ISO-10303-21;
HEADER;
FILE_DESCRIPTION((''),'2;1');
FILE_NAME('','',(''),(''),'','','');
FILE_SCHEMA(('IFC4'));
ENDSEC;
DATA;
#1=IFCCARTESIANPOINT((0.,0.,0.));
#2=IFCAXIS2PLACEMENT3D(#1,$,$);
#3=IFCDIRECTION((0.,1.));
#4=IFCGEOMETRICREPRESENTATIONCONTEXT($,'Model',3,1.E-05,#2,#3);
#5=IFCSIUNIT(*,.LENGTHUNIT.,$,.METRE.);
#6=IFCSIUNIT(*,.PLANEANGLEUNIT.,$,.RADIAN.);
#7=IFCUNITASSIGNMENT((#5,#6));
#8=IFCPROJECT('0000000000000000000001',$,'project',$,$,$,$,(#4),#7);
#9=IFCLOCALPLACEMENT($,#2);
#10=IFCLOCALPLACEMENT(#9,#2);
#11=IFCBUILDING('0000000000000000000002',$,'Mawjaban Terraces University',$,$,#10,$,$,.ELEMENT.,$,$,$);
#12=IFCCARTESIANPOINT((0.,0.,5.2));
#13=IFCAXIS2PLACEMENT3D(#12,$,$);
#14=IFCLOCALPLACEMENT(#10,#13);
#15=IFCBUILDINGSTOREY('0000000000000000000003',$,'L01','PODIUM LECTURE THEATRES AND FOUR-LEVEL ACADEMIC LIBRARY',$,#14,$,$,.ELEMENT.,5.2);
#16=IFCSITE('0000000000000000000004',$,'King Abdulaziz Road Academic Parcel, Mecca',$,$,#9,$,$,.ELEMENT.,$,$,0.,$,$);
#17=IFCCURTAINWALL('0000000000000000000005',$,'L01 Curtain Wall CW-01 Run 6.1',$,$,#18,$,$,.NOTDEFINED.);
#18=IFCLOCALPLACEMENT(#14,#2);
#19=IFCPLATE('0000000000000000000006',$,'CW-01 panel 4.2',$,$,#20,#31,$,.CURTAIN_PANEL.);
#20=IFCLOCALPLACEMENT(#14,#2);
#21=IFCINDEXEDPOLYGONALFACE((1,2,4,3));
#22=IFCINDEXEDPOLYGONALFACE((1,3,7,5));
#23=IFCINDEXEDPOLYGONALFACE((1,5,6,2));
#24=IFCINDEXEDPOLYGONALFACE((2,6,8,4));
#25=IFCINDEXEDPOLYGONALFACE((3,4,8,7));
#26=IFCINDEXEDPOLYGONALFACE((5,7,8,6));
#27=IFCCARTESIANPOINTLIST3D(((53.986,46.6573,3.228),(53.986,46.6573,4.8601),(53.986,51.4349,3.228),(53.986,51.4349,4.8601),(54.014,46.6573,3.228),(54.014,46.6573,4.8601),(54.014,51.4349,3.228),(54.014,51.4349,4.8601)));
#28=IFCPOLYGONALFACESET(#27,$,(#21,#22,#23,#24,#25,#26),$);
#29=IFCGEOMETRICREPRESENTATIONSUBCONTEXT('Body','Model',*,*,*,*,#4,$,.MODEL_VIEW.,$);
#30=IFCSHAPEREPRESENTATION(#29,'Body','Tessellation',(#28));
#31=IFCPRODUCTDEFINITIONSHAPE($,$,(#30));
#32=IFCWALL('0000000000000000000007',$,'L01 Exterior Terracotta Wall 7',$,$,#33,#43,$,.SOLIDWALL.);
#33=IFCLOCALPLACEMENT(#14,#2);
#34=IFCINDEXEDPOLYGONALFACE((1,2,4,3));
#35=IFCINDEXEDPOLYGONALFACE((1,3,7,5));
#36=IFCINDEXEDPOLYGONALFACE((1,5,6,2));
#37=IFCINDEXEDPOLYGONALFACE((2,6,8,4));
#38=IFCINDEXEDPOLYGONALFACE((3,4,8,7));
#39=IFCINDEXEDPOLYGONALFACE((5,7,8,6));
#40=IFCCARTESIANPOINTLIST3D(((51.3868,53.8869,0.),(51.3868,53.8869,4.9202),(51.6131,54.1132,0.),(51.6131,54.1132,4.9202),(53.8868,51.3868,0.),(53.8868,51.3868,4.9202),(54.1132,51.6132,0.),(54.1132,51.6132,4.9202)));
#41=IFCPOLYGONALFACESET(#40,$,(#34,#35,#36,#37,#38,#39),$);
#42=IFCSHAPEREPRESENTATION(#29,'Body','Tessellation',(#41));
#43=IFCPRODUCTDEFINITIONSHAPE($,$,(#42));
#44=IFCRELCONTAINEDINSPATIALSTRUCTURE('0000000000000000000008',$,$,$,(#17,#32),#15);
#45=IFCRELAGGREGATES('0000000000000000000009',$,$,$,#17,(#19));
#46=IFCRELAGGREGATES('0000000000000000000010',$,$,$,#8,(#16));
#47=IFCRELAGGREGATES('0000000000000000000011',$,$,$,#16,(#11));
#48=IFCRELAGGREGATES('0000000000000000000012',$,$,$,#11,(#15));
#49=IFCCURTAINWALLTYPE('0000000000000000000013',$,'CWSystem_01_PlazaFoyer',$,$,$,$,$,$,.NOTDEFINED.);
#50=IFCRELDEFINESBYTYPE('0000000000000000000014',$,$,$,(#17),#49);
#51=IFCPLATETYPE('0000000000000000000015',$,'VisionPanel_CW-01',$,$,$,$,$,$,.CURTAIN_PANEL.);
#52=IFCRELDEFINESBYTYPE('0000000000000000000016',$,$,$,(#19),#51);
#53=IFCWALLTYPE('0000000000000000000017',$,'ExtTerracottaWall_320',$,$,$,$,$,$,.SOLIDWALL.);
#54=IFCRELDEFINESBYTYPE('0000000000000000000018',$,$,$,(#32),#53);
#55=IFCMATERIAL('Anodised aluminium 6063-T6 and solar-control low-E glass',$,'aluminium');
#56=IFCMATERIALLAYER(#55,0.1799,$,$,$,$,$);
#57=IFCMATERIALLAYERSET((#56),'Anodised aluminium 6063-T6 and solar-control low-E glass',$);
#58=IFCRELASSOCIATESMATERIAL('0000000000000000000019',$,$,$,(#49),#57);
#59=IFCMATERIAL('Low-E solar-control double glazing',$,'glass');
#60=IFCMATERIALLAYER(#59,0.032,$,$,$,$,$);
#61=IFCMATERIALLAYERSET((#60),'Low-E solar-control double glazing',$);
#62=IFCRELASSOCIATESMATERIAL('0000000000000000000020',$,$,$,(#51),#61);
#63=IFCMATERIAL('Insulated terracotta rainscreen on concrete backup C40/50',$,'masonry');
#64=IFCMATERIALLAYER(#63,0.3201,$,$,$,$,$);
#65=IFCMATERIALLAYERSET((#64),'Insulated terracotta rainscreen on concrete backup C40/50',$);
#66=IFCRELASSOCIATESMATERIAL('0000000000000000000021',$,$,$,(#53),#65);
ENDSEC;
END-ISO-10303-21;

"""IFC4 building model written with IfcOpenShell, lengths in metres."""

from ifc_helpers import new_model, si_unit, direction, frame, frame_2d, origin, origin_2d, place, context, subcontext, project, spatial, rectangle, extrude, material, layer, layer_set, type_object, element, aggregate, save


model = new_model("IFC4")

# Units and contexts
model_context = context("Model", 3, precision=1e-05, world=origin(), true_north=direction((0.0, 1.0)))
body_context = subcontext(model_context, "Body", "Model", "MODEL_VIEW")
ifc_project = project(units=[si_unit("LENGTHUNIT", "METRE"), si_unit("PLANEANGLEUNIT", "RADIAN")], contexts=[model_context])

# Site, building, storey
site_placement = place(None, origin())
site = spatial("IfcSite", under=ifc_project, at=site_placement, Name="King Abdulaziz Road Academic Parcel, Mecca", CompositionType="ELEMENT", RefElevation=0.0)
building_placement = place(site_placement, origin())
building = spatial("IfcBuilding", under=site, at=building_placement, Name="Mawjaban Terraces University", CompositionType="ELEMENT")
storey_placement = place(building_placement, frame((0.0, 0.0, 5.2)))
storey = spatial("IfcBuildingStorey", under=building, at=storey_placement, Name="L01", Description="PODIUM LECTURE THEATRES AND FOUR-LEVEL ACADEMIC LIBRARY", CompositionType="ELEMENT", Elevation=5.2)

# Curtain wall
ifc_material_1 = material(Name="Anodised aluminium 6063-T6 and solar-control low-E glass", Category="aluminium")
ifc_layer_1 = layer(ifc_material_1, 0.1799)
ifc_layer_set_1 = layer_set([ifc_layer_1], Name="Anodised aluminium 6063-T6 and solar-control low-E glass")
curtain_wall_type = type_object("IfcCurtainWallType", Name="CWSystem_01_PlazaFoyer", PredefinedType="NOTDEFINED", material=ifc_layer_set_1)
curtain_wall_1_placement = place(storey_placement, origin())
curtain_wall_1 = element("IfcCurtainWall", 1, at=curtain_wall_1_placement, inside=storey, type_object=curtain_wall_type, Name="L01 Curtain Wall CW-01 Run 6.1", PredefinedType="NOTDEFINED")

# Plate
ifc_material_2 = material(Name="Low-E solar-control double glazing", Category="glass")
ifc_layer_2 = layer(ifc_material_2, 0.032)
ifc_layer_set_2 = layer_set([ifc_layer_2], Name="Low-E solar-control double glazing")
plate_type = type_object("IfcPlateType", Name="VisionPanel_CW-01", PredefinedType="CURTAIN_PANEL", material=ifc_layer_set_2)
plate_1_placement = place(storey_placement, frame((54.0, 49.0461, 3.228), z_axis=(0.0, 0.0, 1.0), x_axis=(0.0, 1.0, 0.0)))
plate_1 = element("IfcPlate", 2, at=plate_1_placement, type_object=plate_type, Name="CW-01 panel 4.2", PredefinedType="CURTAIN_PANEL", context=body_context, shape_type="SweptSolid", body=[
    extrude(rectangle(XDim=4.7776, YDim=0.0281, at=origin_2d()), origin(), (0.0, 0.0, 1.0), 1.6321),
])
aggregate(curtain_wall_1, [plate_1])

# Wall
ifc_material_3 = material(Name="Insulated terracotta rainscreen on concrete backup C40/50", Category="masonry")
ifc_layer_3 = layer(ifc_material_3, 0.3201)
ifc_layer_set_3 = layer_set([ifc_layer_3], Name="Insulated terracotta rainscreen on concrete backup C40/50")
wall_type = type_object("IfcWallType", Name="ExtTerracottaWall_320", PredefinedType="SOLIDWALL", material=ifc_layer_set_3)
wall_placement = place(storey_placement, frame((54.0, 51.5, 0.0), z_axis=(0.0, 0.0, 1.0), x_axis=(-0.707107, 0.707107, 0.0)))
element("IfcWall", 3, at=wall_placement, inside=storey, type_object=wall_type, Name="L01 Exterior Terracotta Wall 7", PredefinedType="SOLIDWALL", context=body_context, shape_type="SweptSolid", body=[
    extrude(rectangle(XDim=3.5356, YDim=0.3201, at=frame_2d((1.7678, 0.0))), origin(), (0.0, 0.0, 1.0), 4.9202),
])

save(model, "model.ifc")
